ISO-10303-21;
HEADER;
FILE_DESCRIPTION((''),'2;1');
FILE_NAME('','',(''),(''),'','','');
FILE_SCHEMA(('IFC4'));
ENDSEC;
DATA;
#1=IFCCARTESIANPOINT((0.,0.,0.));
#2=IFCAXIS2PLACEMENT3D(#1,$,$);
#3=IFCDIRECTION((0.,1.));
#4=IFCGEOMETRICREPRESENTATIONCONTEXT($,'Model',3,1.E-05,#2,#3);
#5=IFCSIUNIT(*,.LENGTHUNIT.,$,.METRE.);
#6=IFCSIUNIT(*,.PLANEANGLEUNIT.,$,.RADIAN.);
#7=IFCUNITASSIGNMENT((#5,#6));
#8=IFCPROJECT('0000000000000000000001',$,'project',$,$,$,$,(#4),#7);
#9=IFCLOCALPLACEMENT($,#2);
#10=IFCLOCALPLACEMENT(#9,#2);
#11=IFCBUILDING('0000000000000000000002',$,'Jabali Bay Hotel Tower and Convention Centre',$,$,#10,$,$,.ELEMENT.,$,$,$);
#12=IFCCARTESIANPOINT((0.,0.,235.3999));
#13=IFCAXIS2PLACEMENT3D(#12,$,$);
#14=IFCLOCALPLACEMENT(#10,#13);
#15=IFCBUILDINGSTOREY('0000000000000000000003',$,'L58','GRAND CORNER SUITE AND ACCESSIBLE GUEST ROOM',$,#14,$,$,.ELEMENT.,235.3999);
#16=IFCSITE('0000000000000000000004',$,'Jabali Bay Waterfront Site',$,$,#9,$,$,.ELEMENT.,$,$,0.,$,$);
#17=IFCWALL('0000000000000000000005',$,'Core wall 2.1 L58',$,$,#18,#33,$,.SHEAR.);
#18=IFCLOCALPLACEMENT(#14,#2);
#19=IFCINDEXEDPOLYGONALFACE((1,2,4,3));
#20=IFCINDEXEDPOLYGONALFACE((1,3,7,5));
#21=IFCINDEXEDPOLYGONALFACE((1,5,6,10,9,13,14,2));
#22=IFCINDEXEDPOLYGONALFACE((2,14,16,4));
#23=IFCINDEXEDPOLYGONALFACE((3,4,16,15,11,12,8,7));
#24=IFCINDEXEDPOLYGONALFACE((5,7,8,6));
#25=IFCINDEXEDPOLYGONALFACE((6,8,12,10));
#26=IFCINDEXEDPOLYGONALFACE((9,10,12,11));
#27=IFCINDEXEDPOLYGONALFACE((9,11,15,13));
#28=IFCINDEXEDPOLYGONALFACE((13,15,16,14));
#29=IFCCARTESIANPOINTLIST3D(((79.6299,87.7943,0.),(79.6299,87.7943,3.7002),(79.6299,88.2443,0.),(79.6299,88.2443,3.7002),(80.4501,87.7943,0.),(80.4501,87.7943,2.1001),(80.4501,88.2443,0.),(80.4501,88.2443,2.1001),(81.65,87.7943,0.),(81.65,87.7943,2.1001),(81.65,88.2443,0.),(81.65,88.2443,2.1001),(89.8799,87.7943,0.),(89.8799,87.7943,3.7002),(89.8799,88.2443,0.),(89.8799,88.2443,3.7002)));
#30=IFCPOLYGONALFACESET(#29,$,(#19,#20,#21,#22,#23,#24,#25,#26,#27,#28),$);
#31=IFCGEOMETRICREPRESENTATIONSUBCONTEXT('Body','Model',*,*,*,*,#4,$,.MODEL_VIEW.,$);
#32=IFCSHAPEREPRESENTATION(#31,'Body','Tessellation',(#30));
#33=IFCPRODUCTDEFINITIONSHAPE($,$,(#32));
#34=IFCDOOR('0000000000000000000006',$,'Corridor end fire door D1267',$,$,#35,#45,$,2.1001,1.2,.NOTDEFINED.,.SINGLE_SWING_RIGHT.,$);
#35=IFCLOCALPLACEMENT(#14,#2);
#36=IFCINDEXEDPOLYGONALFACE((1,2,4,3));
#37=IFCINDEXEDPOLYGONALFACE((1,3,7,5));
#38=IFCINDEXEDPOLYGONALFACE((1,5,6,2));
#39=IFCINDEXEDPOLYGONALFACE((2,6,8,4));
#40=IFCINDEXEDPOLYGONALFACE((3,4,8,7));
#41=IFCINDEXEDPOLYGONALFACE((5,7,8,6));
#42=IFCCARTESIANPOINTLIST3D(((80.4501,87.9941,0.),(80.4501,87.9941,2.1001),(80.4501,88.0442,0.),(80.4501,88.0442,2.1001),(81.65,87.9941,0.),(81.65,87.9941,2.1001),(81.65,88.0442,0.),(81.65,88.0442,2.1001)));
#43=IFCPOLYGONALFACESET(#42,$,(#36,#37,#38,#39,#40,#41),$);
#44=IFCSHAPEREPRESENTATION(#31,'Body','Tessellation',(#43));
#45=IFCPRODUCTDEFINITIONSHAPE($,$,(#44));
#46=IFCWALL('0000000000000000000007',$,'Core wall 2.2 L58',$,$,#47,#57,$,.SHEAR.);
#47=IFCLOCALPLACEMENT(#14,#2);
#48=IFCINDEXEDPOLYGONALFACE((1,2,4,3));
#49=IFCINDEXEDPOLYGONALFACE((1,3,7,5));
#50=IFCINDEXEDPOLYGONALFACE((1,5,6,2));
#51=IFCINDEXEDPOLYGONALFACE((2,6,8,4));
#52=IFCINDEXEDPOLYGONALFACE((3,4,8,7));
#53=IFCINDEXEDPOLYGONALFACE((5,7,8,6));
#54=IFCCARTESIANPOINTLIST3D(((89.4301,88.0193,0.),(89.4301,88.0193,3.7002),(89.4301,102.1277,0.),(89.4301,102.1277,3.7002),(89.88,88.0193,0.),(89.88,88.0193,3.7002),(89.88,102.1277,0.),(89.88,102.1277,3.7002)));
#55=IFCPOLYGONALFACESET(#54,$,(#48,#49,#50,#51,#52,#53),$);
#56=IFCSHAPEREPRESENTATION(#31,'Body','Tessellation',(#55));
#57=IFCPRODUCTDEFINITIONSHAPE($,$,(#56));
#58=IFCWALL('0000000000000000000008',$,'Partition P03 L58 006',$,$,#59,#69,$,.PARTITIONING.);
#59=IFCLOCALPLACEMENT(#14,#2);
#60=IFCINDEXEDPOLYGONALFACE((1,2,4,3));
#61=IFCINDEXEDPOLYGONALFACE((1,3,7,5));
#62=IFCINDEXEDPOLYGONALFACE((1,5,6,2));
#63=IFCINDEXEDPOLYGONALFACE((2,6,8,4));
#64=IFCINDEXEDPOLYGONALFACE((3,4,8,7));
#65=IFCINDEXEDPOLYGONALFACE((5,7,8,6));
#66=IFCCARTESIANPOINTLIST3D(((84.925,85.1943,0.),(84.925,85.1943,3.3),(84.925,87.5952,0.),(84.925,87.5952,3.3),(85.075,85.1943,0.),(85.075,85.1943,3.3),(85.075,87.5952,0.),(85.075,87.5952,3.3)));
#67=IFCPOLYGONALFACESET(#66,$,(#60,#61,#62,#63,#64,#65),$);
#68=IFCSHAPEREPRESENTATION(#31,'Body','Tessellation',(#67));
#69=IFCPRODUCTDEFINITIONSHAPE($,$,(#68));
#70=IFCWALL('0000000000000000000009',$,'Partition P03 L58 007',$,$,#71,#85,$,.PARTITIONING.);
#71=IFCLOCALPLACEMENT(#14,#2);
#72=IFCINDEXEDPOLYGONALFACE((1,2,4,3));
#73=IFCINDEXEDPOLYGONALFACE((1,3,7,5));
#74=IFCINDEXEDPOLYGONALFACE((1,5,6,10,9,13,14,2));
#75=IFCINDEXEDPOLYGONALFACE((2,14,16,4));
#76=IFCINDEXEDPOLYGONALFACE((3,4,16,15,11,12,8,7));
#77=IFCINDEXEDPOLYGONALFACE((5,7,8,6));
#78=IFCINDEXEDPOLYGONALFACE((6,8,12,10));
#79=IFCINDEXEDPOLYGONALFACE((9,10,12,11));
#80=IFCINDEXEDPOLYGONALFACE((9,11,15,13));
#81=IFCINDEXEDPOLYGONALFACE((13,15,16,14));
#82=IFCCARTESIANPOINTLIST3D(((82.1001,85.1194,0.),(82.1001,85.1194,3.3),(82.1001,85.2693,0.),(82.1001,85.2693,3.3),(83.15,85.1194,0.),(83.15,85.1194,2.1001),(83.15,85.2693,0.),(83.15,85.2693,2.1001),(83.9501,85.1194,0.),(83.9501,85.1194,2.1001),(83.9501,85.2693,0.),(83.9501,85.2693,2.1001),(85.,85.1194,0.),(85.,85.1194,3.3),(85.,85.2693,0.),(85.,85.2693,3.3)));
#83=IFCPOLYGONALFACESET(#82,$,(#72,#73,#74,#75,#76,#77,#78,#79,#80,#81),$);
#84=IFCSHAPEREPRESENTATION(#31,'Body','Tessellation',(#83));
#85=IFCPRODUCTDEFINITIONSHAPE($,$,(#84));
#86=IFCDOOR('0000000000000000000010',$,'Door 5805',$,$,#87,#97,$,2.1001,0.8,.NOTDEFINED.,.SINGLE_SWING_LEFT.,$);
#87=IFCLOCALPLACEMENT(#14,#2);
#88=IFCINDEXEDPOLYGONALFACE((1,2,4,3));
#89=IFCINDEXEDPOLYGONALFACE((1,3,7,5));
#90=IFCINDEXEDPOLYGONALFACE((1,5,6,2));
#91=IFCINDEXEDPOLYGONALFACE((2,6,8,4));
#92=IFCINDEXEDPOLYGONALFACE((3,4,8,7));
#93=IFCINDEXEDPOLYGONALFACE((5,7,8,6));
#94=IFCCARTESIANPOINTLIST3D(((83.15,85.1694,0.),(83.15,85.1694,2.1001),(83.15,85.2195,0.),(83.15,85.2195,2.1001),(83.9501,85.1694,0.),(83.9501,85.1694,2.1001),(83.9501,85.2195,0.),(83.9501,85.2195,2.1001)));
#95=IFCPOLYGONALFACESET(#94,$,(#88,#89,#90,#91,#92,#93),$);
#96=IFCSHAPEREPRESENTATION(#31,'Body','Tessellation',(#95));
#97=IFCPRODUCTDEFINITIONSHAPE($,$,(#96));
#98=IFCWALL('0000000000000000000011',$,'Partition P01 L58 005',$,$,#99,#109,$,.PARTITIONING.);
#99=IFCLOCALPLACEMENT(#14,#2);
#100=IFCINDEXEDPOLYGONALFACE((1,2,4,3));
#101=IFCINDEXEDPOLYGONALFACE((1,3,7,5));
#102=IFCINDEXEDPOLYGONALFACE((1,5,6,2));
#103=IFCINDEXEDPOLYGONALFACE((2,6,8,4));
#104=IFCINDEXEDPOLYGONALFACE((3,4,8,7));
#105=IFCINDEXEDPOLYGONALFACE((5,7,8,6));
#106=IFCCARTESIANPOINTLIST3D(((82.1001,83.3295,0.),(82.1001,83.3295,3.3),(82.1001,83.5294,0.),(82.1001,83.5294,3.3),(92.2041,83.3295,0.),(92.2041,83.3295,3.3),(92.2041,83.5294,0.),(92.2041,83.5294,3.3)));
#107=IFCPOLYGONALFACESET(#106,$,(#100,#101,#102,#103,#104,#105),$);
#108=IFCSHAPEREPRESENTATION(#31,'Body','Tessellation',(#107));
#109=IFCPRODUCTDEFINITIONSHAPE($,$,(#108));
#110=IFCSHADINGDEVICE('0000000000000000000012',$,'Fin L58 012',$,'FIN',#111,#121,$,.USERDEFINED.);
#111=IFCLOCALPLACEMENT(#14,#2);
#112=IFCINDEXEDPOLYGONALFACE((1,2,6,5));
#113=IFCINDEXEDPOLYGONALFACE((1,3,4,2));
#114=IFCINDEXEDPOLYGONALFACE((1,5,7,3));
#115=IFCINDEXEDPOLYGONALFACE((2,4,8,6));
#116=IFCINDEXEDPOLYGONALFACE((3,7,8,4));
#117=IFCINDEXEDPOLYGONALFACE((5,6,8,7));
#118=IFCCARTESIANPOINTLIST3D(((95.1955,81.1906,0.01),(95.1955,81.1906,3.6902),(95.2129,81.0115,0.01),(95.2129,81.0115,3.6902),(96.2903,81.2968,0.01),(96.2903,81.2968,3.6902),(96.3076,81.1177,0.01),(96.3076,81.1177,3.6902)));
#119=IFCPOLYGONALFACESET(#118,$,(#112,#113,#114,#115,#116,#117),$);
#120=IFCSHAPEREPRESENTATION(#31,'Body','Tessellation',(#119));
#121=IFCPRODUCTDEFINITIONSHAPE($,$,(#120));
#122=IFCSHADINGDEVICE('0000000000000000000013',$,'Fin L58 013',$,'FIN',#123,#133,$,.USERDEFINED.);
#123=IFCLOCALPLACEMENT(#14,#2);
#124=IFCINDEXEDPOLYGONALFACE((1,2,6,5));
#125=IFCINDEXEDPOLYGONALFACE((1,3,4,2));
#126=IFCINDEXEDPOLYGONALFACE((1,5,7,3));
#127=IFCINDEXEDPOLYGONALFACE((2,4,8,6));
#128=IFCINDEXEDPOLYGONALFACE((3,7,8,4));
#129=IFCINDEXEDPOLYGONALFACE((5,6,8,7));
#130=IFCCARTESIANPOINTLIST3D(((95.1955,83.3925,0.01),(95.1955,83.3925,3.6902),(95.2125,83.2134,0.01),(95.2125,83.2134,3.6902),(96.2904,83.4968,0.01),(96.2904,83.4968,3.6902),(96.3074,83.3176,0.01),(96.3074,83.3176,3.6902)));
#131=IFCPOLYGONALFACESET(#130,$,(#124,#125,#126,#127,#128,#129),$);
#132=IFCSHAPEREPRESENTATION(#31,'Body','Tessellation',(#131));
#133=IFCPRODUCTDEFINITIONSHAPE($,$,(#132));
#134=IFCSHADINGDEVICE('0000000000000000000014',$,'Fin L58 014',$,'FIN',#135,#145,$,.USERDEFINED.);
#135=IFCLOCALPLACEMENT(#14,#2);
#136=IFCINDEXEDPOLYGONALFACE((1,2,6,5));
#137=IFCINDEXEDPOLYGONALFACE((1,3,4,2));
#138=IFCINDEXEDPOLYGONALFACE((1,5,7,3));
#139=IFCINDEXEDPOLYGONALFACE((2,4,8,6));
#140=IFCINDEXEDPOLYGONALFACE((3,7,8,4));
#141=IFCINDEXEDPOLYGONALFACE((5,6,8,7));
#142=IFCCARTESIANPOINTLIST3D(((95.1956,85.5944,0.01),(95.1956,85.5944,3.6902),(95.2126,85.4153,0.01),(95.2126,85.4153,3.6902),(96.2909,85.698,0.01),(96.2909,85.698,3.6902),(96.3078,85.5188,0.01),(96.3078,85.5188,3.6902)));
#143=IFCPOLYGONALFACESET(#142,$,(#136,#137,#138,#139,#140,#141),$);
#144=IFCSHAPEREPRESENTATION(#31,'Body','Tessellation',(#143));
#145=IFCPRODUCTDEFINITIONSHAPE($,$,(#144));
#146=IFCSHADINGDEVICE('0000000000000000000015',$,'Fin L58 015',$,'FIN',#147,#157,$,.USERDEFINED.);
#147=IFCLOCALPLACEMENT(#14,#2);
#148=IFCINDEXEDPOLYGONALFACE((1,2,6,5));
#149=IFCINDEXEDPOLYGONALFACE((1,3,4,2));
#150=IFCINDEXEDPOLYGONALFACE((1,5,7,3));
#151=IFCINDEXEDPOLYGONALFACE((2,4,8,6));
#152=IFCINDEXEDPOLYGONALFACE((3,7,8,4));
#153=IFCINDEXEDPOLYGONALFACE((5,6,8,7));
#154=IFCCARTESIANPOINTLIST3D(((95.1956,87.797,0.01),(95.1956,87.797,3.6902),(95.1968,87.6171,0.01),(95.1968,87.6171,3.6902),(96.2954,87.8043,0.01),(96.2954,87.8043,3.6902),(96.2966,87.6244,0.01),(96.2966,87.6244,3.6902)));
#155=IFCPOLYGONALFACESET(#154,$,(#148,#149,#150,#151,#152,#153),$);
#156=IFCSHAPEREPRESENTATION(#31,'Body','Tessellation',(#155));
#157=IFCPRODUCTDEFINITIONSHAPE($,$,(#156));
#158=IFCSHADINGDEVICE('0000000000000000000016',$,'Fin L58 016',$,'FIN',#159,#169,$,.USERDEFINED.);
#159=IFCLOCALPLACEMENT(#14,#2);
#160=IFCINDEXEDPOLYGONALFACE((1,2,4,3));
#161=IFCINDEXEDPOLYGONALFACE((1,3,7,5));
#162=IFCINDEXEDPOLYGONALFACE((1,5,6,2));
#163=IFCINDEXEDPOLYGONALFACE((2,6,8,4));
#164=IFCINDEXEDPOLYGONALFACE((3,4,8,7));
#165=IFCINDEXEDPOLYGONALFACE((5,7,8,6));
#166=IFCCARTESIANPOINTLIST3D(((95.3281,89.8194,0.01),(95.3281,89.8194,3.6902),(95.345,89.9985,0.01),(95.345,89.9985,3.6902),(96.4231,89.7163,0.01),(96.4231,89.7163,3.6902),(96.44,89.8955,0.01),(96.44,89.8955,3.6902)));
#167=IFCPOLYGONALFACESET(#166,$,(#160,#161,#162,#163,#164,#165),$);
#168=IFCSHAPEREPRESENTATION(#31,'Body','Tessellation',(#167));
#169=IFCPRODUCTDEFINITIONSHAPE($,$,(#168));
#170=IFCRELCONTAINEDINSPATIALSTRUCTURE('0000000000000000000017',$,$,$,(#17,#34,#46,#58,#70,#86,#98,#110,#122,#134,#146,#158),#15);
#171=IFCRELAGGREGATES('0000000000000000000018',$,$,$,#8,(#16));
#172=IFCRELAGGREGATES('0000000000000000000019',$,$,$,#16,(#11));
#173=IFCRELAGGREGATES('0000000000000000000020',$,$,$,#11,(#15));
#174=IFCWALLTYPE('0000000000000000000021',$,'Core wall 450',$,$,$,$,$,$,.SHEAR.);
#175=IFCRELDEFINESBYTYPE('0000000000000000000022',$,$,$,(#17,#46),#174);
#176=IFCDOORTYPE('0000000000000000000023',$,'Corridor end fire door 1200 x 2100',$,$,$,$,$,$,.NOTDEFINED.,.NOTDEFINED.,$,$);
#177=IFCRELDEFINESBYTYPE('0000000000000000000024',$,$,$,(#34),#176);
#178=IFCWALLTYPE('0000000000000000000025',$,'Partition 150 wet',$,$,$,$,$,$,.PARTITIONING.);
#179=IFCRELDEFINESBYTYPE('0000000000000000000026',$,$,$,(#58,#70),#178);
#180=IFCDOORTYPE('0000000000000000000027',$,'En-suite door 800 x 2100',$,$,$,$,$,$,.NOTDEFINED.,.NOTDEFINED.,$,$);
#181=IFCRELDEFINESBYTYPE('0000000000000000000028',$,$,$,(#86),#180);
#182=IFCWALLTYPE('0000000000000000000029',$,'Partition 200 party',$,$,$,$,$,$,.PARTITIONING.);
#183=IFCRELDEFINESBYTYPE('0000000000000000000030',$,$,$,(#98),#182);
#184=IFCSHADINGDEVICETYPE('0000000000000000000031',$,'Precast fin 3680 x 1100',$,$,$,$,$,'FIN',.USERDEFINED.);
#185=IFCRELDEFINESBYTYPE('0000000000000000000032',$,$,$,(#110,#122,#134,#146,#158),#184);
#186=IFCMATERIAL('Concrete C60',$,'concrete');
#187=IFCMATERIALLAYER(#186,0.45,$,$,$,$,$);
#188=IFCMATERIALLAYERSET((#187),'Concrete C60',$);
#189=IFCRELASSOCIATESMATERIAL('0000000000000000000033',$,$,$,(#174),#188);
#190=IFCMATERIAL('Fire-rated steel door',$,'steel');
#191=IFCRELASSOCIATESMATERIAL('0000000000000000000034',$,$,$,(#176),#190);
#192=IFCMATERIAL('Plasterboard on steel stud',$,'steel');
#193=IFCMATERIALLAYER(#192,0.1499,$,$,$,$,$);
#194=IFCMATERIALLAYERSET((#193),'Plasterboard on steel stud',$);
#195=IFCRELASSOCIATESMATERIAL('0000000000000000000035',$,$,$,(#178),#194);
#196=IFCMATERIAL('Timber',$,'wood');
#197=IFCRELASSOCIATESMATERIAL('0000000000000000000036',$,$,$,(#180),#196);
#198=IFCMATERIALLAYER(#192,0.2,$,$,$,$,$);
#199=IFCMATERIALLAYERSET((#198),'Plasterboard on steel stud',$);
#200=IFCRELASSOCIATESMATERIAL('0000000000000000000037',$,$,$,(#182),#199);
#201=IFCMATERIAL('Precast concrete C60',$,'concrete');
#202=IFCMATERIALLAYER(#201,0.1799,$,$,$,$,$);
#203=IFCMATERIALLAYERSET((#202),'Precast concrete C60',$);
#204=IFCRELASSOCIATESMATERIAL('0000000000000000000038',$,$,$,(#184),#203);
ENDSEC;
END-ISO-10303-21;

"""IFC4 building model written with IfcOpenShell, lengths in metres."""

from ifc_helpers import new_model, si_unit, direction, frame, frame_2d, origin, place, context, subcontext, project, spatial, rectangle, extrude, material, layer, layer_set, type_object, element, fill, save


model = new_model("IFC4")

# Units and contexts
model_context = context("Model", 3, precision=1e-05, world=origin(), true_north=direction((0.0, 1.0)))
body_context = subcontext(model_context, "Body", "Model", "MODEL_VIEW")
ifc_project = project(units=[si_unit("LENGTHUNIT", "METRE"), si_unit("PLANEANGLEUNIT", "RADIAN")], contexts=[model_context])

# Site, building, storey
site_placement = place(None, origin())
site = spatial("IfcSite", under=ifc_project, at=site_placement, Name="Jabali Bay Waterfront Site", CompositionType="ELEMENT", RefElevation=0.0)
building_placement = place(site_placement, origin())
building = spatial("IfcBuilding", under=site, at=building_placement, Name="Jabali Bay Hotel Tower and Convention Centre", CompositionType="ELEMENT")
storey_placement = place(building_placement, frame((0.0, 0.0, 235.3999)))
storey = spatial("IfcBuildingStorey", under=building, at=storey_placement, Name="L58", Description="GRAND CORNER SUITE AND ACCESSIBLE GUEST ROOM", CompositionType="ELEMENT", Elevation=235.3999)

# Shared definitions
ifc_material_1 = material(Name="Concrete C60", Category="concrete")

# Shared definitions
ifc_material_2 = material(Name="Fire-rated steel door", Category="steel")

# Wall, opening, door
ifc_layer_1 = layer(ifc_material_1, 0.45)
ifc_layer_set_1 = layer_set([ifc_layer_1], Name="Concrete C60")
wall_type_1 = type_object("IfcWallType", Name="Core wall 450", PredefinedType="SHEAR", material=ifc_layer_set_1)
wall_1_placement = place(storey_placement, frame((79.6299, 88.0193, 0.0), z_axis=(0.0, 0.0, 1.0), x_axis=(1.0, 0.0, 0.0)))
wall_1 = element("IfcWall", 1, at=wall_1_placement, inside=storey, type_object=wall_type_1, Name="Core wall 2.1 L58", PredefinedType="SHEAR", context=body_context, shape_type="SweptSolid", body=[
    extrude(rectangle(XDim=10.25, YDim=0.45, at=frame_2d((5.125, 0.0))), origin(), (0.0, 0.0, 1.0), 3.7002),
])
opening_1_placement = place(wall_1_placement, frame((0.8201, 0.0, 0.0)))
opening_1 = element("IfcOpeningElement", 2, at=opening_1_placement, cuts=wall_1, PredefinedType="OPENING", context=body_context, shape_type="SweptSolid", body=[
    extrude(rectangle(XDim=1.2, YDim=2.1001, at=frame_2d((0.6001, 1.05))), frame((0.0, 0.2354, 0.0), z_axis=(0.0, -1.0, 0.0), x_axis=(1.0, 0.0, 0.0)), (0.0, 0.0, 1.0), 0.4709),
])
door_type_1 = type_object("IfcDoorType", Name="Corridor end fire door 1200 x 2100", OperationType="NOTDEFINED", PredefinedType="NOTDEFINED", material=ifc_material_2)
door_1_placement = place(opening_1_placement, origin())
door_1 = element("IfcDoor", 3, at=door_1_placement, inside=storey, type_object=door_type_1, Name="Corridor end fire door D1267", OperationType="SINGLE_SWING_RIGHT", OverallHeight=2.1001, OverallWidth=1.2, PredefinedType="NOTDEFINED", context=body_context, shape_type="SweptSolid", body=[
    extrude(rectangle(XDim=1.2, YDim=2.1001, at=frame_2d((0.6001, 1.05))), frame((0.0, 0.0249, 0.0), z_axis=(0.0, -1.0, 0.0), x_axis=(1.0, 0.0, 0.0)), (0.0, 0.0, 1.0), 0.05),
])
fill(opening_1, door_1)

# Walls
wall_2_placement = place(storey_placement, frame((89.655, 88.0193, 0.0), z_axis=(0.0, 0.0, 1.0), x_axis=(0.0, 1.0, 0.0)))
element("IfcWall", 4, at=wall_2_placement, inside=storey, type_object=wall_type_1, Name="Core wall 2.2 L58", PredefinedType="SHEAR", context=body_context, shape_type="SweptSolid", body=[
    extrude(rectangle(XDim=14.1084, YDim=0.45, at=frame_2d((7.0542, 0.0))), origin(), (0.0, 0.0, 1.0), 3.7002),
])
ifc_material_3 = material(Name="Plasterboard on steel stud", Category="steel")
ifc_layer_2 = layer(ifc_material_3, 0.1499)
ifc_layer_set_2 = layer_set([ifc_layer_2], Name="Plasterboard on steel stud")
wall_type_2 = type_object("IfcWallType", Name="Partition 150 wet", PredefinedType="PARTITIONING", material=ifc_layer_set_2)
wall_3_placement = place(storey_placement, frame((85.0, 87.5952, 0.0), z_axis=(0.0, 0.0, 1.0), x_axis=(0.0, -1.0, 0.0)))
element("IfcWall", 5, at=wall_3_placement, inside=storey, type_object=wall_type_2, Name="Partition P03 L58 006", PredefinedType="PARTITIONING", context=body_context, shape_type="SweptSolid", body=[
    extrude(rectangle(XDim=2.4009, YDim=0.1499, at=frame_2d((1.2004, 0.0))), origin(), (0.0, 0.0, 1.0), 3.3),
])

# Wall, opening, door
wall_4_placement = place(storey_placement, frame((85.0, 85.1943, 0.0), z_axis=(0.0, 0.0, 1.0), x_axis=(-1.0, 0.0, 0.0)))
wall_4 = element("IfcWall", 6, at=wall_4_placement, inside=storey, type_object=wall_type_2, Name="Partition P03 L58 007", PredefinedType="PARTITIONING", context=body_context, shape_type="SweptSolid", body=[
    extrude(rectangle(XDim=2.8999, YDim=0.1499, at=frame_2d((1.45, 0.0))), origin(), (0.0, 0.0, 1.0), 3.3),
])
opening_2_placement = place(wall_4_placement, frame((1.05, 0.0, 0.0)))
opening_2 = element("IfcOpeningElement", 7, at=opening_2_placement, cuts=wall_4, PredefinedType="OPENING", context=body_context, shape_type="SweptSolid", body=[
    extrude(rectangle(XDim=0.8, YDim=2.1001, at=frame_2d((0.3999, 1.05))), frame((0.0, 0.0854, 0.0), z_axis=(0.0, -1.0, 0.0), x_axis=(1.0, 0.0, 0.0)), (0.0, 0.0, 1.0), 0.1709),
])
ifc_material_4 = material(Name="Timber", Category="wood")
door_type_2 = type_object("IfcDoorType", Name="En-suite door 800 x 2100", OperationType="NOTDEFINED", PredefinedType="NOTDEFINED", material=ifc_material_4)
door_2_placement = place(opening_2_placement, origin())
door_2 = element("IfcDoor", 8, at=door_2_placement, inside=storey, type_object=door_type_2, Name="Door 5805", OperationType="SINGLE_SWING_LEFT", OverallHeight=2.1001, OverallWidth=0.8, PredefinedType="NOTDEFINED", context=body_context, shape_type="SweptSolid", body=[
    extrude(rectangle(XDim=0.8, YDim=2.1001, at=frame_2d((0.3999, 1.05))), frame((0.0, 0.0249, 0.0), z_axis=(0.0, -1.0, 0.0), x_axis=(1.0, 0.0, 0.0)), (0.0, 0.0, 1.0), 0.05),
])
fill(opening_2, door_2)

# Wall
ifc_layer_3 = layer(ifc_material_3, 0.2)
ifc_layer_set_3 = layer_set([ifc_layer_3], Name="Plasterboard on steel stud")
wall_type_3 = type_object("IfcWallType", Name="Partition 200 party", PredefinedType="PARTITIONING", material=ifc_layer_set_3)
wall_5_placement = place(storey_placement, frame((92.2041, 83.4294, 0.0), z_axis=(0.0, 0.0, 1.0), x_axis=(-1.0, 0.0, 0.0)))
element("IfcWall", 9, at=wall_5_placement, inside=storey, type_object=wall_type_3, Name="Partition P01 L58 005", PredefinedType="PARTITIONING", context=body_context, shape_type="SweptSolid", body=[
    extrude(rectangle(XDim=10.104, YDim=0.2, at=frame_2d((5.052, 0.0))), origin(), (0.0, 0.0, 1.0), 3.3),
])

# Shading devices
ifc_material_5 = material(Name="Precast concrete C60", Category="concrete")
ifc_layer_4 = layer(ifc_material_5, 0.1799)
ifc_layer_set_4 = layer_set([ifc_layer_4], Name="Precast concrete C60")
shading_device_type = type_object("IfcShadingDeviceType", Name="Precast fin 3680 x 1100", ElementType="FIN", PredefinedType="USERDEFINED", material=ifc_layer_set_4)
for number, where, z_axis, x_axis, name in (
    (10, (95.2043, 81.1011, 0.01), (0.0, 0.0, 1.0), (0.995327, 0.096558, 0.0), "Fin L58 012"),
    (11, (95.2041, 83.303, 0.01), (0.0, 0.0, 1.0), (0.995498, 0.094778, 0.0), "Fin L58 013"),
):
    element("IfcShadingDevice", number, at=place(storey_placement, frame(where, z_axis=z_axis, x_axis=x_axis)), inside=storey, type_object=shading_device_type, Name=name, ObjectType="FIN", PredefinedType="USERDEFINED", context=body_context, shape_type="SweptSolid", body=[
        extrude(rectangle(XDim=1.0999, YDim=0.1799, at=frame_2d((0.5498, 0.0))), origin(), (0.0, 0.0, 1.0), 3.6802),
    ])
shading_device_placement = place(storey_placement, frame((95.2041, 85.5049, 0.01), z_axis=(0.0, 0.0, 1.0), x_axis=(0.995563, 0.094097, 0.0)))
element("IfcShadingDevice", 12, at=shading_device_placement, inside=storey, type_object=shading_device_type, Name="Fin L58 014", ObjectType="FIN", PredefinedType="USERDEFINED", context=body_context, shape_type="SweptSolid", body=[
    extrude(rectangle(XDim=1.1001, YDim=0.1799, at=frame_2d((0.55, 0.0))), origin(), (0.0, 0.0, 1.0), 3.6802),
])
for number, where, z_axis, x_axis, name in (
    (13, (95.1963, 87.707, 0.01), (0.0, 0.0, 1.0), (0.999978, 0.006659, 0.0), "Fin L58 015"),
    (14, (95.3367, 89.9089, 0.01), (0.0, 0.0, 1.0), (0.995603, -0.093678, 0.0), "Fin L58 016"),
):
    element("IfcShadingDevice", number, at=place(storey_placement, frame(where, z_axis=z_axis, x_axis=x_axis)), inside=storey, type_object=shading_device_type, Name=name, ObjectType="FIN", PredefinedType="USERDEFINED", context=body_context, shape_type="SweptSolid", body=[
        extrude(rectangle(XDim=1.0999, YDim=0.1799, at=frame_2d((0.5498, 0.0))), origin(), (0.0, 0.0, 1.0), 3.6802),
    ])

save(model, "model.ifc")
